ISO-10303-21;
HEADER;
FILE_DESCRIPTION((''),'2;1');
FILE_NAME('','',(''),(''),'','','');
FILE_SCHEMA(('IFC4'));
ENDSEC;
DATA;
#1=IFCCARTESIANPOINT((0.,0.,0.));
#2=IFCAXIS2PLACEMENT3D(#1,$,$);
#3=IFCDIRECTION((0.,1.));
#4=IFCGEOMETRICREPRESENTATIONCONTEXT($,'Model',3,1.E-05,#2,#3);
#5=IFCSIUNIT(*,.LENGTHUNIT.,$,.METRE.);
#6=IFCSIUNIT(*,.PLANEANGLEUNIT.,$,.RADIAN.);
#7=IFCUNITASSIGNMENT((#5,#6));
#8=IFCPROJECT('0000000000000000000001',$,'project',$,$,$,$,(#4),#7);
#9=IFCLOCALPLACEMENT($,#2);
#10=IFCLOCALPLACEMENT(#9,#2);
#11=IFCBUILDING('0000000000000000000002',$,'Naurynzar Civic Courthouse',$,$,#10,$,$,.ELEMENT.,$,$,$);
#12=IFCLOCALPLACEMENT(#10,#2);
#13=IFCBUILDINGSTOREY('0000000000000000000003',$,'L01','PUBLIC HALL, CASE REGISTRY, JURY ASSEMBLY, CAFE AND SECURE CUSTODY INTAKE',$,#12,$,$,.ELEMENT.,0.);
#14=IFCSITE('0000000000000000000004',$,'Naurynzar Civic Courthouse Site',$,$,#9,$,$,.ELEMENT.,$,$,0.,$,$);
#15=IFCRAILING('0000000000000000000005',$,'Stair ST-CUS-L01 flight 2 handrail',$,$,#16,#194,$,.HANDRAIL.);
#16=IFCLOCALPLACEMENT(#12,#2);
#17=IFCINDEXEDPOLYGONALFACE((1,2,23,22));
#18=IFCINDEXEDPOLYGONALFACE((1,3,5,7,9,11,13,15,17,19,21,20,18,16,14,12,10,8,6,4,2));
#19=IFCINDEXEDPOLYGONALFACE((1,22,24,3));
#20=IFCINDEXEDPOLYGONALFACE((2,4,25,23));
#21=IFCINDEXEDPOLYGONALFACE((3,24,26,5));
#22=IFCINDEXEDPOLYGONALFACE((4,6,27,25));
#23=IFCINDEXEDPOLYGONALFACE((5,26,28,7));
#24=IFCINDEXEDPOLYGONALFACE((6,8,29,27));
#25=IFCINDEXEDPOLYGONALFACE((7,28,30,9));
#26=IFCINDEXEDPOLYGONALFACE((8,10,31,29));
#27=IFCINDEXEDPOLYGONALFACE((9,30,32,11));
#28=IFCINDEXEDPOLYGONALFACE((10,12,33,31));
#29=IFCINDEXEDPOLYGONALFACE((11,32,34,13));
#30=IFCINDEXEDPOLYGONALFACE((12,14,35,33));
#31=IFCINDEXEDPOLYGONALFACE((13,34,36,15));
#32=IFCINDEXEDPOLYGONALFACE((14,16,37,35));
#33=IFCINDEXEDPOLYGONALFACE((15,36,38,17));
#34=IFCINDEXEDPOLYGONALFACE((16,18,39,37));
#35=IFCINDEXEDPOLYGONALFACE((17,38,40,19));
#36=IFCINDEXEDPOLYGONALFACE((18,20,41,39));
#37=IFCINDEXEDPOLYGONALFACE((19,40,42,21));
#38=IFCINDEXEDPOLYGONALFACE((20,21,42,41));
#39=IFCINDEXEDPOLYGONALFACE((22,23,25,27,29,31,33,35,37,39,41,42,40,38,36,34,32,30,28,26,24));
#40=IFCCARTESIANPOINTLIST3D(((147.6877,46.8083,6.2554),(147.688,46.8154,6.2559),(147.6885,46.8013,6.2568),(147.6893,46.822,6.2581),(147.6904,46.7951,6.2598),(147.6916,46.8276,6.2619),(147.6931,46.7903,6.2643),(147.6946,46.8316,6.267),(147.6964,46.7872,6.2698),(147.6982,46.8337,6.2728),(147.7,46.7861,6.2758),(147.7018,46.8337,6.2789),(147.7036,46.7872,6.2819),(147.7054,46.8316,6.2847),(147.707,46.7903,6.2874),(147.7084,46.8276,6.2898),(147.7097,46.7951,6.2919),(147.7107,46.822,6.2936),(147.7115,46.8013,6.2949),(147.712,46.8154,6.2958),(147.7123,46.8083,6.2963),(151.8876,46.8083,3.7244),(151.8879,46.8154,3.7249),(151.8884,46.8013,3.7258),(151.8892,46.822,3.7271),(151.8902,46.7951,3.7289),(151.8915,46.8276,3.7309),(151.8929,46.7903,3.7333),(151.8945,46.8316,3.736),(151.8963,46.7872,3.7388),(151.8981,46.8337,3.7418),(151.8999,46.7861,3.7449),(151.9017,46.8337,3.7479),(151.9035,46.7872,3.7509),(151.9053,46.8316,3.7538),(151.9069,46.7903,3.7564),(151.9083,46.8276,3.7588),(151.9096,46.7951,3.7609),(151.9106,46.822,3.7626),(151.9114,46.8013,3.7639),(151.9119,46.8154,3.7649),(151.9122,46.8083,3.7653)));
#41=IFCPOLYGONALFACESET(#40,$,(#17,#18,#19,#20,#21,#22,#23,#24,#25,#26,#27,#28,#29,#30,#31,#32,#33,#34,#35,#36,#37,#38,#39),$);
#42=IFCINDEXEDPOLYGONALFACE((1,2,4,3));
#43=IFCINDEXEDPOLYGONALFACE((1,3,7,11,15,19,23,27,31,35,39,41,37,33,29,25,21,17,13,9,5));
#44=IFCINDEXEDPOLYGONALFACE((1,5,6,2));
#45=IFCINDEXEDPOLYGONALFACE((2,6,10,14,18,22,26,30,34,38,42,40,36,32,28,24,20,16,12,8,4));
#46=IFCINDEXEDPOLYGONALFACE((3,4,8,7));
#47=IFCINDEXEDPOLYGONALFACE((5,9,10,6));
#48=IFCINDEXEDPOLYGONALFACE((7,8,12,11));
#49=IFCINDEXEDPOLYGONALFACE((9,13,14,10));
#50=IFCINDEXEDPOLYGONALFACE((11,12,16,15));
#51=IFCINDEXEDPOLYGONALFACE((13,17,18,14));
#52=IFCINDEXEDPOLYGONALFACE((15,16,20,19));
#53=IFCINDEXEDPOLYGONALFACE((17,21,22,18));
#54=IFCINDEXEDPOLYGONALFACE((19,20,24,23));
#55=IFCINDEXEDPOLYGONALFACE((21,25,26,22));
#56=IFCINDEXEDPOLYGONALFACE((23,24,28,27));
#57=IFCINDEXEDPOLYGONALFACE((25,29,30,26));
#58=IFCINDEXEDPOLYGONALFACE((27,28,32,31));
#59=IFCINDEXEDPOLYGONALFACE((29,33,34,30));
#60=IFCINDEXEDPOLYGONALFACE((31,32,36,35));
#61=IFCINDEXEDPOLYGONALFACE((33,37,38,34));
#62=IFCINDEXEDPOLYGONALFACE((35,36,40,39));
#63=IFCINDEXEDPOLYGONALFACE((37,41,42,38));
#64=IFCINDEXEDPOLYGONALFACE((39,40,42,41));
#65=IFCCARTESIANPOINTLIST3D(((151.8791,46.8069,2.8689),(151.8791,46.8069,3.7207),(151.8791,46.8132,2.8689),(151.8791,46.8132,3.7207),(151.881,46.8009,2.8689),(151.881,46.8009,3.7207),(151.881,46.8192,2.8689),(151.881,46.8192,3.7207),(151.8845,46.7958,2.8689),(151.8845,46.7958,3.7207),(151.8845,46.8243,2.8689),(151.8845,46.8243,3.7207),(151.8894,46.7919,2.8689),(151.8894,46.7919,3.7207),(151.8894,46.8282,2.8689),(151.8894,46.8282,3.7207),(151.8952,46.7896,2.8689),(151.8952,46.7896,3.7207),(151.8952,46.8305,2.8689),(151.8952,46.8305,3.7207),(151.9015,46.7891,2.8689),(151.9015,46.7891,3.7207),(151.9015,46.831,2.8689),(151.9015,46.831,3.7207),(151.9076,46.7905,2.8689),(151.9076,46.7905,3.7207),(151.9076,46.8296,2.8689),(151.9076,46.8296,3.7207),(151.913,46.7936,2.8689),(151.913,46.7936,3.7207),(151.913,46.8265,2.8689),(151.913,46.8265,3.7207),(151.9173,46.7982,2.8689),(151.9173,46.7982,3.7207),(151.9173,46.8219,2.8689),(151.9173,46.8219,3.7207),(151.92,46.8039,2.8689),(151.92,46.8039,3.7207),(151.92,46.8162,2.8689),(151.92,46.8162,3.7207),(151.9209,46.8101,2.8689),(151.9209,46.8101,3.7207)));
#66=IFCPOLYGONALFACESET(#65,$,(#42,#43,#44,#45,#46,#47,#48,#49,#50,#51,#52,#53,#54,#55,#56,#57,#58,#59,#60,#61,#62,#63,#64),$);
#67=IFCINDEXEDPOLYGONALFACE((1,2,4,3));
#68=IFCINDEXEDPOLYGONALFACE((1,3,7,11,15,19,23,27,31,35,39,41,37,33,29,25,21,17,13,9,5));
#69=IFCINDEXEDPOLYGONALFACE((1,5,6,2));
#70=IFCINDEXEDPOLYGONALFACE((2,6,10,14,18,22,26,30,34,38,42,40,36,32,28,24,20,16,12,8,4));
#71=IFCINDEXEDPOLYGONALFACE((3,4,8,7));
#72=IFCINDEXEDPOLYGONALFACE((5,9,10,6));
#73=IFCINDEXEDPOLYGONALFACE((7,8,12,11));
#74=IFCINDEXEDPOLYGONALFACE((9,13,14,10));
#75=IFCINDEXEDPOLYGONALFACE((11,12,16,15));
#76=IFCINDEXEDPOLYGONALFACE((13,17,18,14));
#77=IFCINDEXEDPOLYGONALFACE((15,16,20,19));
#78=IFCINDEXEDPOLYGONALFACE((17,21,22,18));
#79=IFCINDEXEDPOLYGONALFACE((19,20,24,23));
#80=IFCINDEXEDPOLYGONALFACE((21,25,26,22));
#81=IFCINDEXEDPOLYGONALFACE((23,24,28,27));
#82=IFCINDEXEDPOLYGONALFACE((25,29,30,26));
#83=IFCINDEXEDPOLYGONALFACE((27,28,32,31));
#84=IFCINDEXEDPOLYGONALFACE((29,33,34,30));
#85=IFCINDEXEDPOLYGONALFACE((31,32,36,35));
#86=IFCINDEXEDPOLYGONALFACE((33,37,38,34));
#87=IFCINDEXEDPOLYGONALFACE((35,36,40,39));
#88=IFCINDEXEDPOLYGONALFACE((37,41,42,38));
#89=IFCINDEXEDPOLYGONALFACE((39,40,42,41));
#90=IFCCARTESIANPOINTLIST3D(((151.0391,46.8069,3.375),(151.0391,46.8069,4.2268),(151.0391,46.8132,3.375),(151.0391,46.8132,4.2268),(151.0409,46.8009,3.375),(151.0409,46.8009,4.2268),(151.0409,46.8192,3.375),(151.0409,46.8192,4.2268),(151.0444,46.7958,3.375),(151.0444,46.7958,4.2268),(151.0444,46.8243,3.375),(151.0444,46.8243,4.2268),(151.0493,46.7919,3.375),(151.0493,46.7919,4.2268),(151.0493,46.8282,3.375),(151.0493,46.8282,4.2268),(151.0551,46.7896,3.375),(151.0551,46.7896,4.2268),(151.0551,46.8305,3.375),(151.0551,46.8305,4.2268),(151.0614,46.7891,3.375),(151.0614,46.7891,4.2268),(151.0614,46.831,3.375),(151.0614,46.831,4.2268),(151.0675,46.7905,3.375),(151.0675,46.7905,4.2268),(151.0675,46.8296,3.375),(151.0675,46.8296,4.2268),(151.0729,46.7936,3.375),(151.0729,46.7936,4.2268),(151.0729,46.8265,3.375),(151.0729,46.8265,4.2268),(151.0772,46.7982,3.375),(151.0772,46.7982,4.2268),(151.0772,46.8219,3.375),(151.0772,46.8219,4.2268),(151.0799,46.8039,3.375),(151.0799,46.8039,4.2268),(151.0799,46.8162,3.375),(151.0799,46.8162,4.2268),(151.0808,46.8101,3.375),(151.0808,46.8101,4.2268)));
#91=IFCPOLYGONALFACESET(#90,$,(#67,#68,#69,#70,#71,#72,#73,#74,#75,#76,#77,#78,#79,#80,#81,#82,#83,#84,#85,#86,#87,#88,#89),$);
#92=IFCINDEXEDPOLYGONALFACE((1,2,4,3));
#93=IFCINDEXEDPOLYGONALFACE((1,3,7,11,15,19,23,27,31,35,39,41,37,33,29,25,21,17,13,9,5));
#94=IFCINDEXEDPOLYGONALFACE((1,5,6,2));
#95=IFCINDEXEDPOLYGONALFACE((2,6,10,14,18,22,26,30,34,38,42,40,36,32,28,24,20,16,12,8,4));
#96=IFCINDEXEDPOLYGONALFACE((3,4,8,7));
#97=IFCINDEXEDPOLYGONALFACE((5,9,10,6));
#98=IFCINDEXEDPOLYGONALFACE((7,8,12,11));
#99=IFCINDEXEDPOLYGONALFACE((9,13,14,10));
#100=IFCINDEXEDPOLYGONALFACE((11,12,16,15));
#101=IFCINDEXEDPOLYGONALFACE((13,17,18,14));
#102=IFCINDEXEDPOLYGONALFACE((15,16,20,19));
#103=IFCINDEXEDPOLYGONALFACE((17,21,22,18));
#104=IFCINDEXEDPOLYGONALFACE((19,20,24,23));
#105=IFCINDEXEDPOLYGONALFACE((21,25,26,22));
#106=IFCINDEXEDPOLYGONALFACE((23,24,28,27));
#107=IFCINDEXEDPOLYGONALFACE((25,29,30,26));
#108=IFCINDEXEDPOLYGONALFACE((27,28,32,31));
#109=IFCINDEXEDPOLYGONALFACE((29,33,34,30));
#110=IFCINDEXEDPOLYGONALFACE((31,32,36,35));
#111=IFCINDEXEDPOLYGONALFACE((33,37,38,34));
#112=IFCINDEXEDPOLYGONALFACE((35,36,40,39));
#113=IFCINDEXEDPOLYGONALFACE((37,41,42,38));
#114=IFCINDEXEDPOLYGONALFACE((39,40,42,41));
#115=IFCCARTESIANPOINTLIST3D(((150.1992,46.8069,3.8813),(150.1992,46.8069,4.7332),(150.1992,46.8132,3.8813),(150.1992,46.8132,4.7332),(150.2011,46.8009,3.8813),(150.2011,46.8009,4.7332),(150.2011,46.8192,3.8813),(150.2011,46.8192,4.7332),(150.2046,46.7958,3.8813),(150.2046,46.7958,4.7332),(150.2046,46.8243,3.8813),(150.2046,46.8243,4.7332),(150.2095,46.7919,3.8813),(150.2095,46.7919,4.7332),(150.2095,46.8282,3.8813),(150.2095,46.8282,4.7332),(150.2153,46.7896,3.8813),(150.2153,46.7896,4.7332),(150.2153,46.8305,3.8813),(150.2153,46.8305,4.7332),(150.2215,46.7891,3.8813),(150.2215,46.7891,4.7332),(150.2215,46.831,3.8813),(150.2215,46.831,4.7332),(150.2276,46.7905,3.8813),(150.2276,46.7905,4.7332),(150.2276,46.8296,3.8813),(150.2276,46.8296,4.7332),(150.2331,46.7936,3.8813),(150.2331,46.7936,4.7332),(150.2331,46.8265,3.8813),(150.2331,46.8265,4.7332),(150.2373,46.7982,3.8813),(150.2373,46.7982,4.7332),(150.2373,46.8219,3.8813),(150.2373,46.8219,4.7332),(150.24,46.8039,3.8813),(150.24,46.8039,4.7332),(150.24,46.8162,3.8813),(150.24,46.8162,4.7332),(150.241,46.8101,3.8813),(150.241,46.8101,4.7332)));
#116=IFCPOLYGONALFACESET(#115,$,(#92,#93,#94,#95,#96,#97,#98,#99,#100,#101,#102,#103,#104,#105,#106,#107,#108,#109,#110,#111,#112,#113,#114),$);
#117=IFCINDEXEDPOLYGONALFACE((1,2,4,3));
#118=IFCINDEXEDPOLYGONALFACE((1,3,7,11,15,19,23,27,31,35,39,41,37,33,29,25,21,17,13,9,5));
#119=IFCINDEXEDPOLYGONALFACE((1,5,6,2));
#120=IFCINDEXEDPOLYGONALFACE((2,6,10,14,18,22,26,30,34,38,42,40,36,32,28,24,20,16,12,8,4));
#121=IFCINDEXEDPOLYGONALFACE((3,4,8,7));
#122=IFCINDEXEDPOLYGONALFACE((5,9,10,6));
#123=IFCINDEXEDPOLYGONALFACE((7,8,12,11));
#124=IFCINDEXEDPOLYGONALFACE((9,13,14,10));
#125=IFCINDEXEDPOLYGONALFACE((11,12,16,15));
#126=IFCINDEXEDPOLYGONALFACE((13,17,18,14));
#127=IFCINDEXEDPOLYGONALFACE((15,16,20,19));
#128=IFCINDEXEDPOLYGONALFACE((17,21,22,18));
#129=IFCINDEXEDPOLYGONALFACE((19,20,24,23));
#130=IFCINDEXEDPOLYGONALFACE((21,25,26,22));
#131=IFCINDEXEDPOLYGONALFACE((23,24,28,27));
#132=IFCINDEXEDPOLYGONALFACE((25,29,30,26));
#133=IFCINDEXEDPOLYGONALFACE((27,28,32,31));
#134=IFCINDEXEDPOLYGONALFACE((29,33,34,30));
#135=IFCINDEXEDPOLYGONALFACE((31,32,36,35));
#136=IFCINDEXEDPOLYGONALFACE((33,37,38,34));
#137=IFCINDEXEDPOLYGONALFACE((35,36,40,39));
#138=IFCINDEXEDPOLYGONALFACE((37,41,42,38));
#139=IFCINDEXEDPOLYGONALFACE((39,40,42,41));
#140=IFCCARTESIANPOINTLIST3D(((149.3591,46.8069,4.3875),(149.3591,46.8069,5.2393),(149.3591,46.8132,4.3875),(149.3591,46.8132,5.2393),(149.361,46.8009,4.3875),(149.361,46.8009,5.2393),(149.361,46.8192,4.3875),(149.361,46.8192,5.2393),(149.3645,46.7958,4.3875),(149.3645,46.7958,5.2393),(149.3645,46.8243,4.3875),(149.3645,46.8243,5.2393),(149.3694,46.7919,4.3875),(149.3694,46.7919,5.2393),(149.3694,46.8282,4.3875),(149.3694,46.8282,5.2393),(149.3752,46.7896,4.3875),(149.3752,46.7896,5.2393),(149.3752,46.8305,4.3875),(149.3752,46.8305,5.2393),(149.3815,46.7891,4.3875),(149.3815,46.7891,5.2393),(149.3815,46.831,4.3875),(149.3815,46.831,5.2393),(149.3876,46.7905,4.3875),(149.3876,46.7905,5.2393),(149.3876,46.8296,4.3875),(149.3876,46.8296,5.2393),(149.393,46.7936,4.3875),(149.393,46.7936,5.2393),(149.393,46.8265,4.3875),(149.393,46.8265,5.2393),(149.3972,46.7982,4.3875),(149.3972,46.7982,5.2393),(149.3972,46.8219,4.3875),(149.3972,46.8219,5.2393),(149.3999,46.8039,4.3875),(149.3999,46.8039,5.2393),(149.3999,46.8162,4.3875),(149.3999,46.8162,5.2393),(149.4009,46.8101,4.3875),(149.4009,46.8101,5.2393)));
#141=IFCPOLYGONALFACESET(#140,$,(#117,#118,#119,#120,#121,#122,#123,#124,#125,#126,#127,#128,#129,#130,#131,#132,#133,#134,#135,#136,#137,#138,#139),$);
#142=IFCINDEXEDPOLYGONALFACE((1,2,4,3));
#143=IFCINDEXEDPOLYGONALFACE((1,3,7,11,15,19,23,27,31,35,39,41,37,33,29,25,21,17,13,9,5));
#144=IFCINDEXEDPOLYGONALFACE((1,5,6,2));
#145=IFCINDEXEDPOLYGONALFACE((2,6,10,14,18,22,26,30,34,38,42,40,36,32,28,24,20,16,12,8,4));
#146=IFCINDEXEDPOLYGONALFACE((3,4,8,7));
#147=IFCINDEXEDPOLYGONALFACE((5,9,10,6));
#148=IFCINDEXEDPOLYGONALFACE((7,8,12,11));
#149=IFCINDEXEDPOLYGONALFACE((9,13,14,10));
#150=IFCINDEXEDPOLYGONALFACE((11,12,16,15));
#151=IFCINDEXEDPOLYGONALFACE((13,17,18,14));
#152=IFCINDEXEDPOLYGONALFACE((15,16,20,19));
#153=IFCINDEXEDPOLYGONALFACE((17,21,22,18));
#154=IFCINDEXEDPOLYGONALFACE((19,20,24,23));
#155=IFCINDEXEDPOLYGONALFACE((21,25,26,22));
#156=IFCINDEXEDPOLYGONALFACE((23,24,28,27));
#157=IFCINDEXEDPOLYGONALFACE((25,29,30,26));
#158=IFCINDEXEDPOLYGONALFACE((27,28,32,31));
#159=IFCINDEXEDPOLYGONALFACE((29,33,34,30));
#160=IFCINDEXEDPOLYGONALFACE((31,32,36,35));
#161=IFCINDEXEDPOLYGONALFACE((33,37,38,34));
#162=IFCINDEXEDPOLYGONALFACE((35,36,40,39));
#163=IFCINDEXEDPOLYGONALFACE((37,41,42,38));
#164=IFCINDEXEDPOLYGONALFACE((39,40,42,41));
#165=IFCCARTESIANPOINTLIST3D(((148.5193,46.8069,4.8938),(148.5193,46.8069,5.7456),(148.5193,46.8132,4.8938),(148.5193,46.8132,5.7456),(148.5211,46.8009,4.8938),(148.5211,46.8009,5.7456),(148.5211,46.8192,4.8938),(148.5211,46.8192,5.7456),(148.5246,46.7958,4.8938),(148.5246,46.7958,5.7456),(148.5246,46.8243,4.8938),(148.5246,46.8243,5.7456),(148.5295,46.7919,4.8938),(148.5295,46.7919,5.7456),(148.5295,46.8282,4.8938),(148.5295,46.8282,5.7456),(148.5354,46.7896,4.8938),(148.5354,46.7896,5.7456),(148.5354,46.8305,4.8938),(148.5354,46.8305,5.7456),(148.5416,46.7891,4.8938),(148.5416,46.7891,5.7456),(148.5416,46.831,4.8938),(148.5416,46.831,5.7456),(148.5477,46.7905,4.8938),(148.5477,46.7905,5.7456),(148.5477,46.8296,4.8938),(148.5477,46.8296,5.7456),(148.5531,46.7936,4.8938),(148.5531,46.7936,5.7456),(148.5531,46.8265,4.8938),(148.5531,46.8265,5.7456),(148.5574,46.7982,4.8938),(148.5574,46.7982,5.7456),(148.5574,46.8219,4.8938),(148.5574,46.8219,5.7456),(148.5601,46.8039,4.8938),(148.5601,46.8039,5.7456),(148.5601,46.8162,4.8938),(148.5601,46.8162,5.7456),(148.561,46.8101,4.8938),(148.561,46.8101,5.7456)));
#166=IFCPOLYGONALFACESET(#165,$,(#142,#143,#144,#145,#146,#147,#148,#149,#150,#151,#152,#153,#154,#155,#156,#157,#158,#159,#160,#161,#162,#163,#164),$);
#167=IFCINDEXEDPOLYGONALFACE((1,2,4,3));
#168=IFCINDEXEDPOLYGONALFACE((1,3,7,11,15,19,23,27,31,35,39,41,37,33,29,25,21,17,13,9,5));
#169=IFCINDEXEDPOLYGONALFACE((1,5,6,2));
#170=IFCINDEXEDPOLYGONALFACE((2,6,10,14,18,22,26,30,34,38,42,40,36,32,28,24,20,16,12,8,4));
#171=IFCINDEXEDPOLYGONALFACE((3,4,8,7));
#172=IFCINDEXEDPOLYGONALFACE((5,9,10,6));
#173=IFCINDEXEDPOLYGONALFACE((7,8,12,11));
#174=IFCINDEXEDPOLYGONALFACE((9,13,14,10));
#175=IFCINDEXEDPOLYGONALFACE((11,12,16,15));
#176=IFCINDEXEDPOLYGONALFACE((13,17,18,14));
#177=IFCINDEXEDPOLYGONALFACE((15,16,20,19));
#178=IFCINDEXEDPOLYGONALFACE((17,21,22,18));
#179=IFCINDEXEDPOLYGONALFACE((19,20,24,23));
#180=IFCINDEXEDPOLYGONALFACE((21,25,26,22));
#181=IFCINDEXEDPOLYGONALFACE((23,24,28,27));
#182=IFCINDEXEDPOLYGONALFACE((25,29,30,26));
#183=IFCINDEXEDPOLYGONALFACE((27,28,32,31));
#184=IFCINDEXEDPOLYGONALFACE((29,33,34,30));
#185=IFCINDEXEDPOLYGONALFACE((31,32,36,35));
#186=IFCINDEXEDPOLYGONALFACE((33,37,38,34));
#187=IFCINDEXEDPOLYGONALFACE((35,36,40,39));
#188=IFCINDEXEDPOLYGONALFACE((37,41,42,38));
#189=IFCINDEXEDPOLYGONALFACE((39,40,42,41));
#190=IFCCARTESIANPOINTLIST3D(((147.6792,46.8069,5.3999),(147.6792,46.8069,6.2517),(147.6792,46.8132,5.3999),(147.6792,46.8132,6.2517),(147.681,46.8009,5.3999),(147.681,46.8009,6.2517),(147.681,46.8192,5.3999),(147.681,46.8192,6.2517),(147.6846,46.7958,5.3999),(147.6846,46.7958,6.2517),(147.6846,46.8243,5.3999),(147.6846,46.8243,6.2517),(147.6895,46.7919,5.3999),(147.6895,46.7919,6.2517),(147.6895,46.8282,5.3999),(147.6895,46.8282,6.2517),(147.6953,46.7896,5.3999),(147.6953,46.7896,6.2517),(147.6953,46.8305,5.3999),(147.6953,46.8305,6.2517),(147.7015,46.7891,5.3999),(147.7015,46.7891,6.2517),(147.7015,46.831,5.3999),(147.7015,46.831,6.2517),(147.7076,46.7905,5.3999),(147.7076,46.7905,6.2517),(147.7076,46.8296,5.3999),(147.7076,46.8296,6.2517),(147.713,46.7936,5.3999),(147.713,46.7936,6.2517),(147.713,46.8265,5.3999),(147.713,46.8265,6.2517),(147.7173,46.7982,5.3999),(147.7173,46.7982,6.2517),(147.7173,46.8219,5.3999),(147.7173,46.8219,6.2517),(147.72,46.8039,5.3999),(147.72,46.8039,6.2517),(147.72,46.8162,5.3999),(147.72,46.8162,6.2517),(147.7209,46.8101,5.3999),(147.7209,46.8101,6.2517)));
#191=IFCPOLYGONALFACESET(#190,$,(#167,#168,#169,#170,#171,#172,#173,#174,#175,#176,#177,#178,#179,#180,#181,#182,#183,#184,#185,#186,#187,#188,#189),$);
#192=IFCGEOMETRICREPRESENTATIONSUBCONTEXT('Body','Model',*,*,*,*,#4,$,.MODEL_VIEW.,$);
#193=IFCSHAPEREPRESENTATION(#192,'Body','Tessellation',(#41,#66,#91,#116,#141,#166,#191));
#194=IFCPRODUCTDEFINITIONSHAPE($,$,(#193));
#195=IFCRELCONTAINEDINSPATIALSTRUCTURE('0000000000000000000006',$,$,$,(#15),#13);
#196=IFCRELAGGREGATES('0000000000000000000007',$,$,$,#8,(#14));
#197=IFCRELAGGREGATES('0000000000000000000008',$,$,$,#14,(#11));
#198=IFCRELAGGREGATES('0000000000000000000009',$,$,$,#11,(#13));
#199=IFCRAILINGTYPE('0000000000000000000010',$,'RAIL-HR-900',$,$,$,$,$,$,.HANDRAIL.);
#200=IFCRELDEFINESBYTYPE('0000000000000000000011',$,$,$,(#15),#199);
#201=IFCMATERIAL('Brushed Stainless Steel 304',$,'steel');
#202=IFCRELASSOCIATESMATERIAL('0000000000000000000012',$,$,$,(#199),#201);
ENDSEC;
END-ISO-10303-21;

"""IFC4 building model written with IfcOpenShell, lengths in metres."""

from ifc_helpers import new_model, si_unit, direction, frame, origin, origin_2d, place, context, subcontext, project, spatial, circle, extrude, material, type_object, element, save


model = new_model("IFC4")

# Units and contexts
model_context = context("Model", 3, precision=1e-05, world=origin(), true_north=direction((0.0, 1.0)))
body_context = subcontext(model_context, "Body", "Model", "MODEL_VIEW")
ifc_project = project(units=[si_unit("LENGTHUNIT", "METRE"), si_unit("PLANEANGLEUNIT", "RADIAN")], contexts=[model_context])

# Site, building, storey
site_placement = place(None, origin())
site = spatial("IfcSite", under=ifc_project, at=site_placement, Name="Naurynzar Civic Courthouse Site", CompositionType="ELEMENT", RefElevation=0.0)
building_placement = place(site_placement, origin())
building = spatial("IfcBuilding", under=site, at=building_placement, Name="Naurynzar Civic Courthouse", CompositionType="ELEMENT")
storey_placement = place(building_placement, origin())
storey = spatial("IfcBuildingStorey", under=building, at=storey_placement, Name="L01", Description="PUBLIC HALL, CASE REGISTRY, JURY ASSEMBLY, CAFE AND SECURE CUSTODY INTAKE", CompositionType="ELEMENT", Elevation=0.0)

# Railing
ifc_material_1 = material(Name="Brushed Stainless Steel 304", Category="steel")
railing_type_1 = type_object("IfcRailingType", Name="RAIL-HR-900", PredefinedType="HANDRAIL", material=ifc_material_1)
railing_1_placement = place(storey_placement, frame((151.8999, 46.8101, 2.8689)))
element("IfcRailing", 1, at=railing_1_placement, inside=storey, type_object=railing_type_1, Name="Stair ST-CUS-L01 flight 2 handrail", PredefinedType="HANDRAIL", context=body_context, shape_type="SweptSolid", body=[
    extrude(circle(Radius=0.0239, at=origin_2d()), frame((0.0, 0.0, 0.876), z_axis=(-0.856499, 0.0, 0.51615), x_axis=(0.0, -1.0, 0.0)), (0.0, 0.0, 1.0), 4.9036),
    extrude(circle(Radius=0.021, at=origin_2d()), origin(), (0.0, 0.0, 1.0), 0.8518),
    extrude(circle(Radius=0.021, at=origin_2d()), frame((-0.8401, 0.0, 0.5061)), (0.0, 0.0, 1.0), 0.8518),
    extrude(circle(Radius=0.021, at=origin_2d()), frame((-1.6799, 0.0, 1.0125)), (0.0, 0.0, 1.0), 0.8518),
    extrude(circle(Radius=0.021, at=origin_2d()), frame((-2.52, 0.0, 1.5186)), (0.0, 0.0, 1.0), 0.8518),
    extrude(circle(Radius=0.021, at=origin_2d()), frame((-3.3599, 0.0, 2.0249)), (0.0, 0.0, 1.0), 0.8518),
    extrude(circle(Radius=0.021, at=origin_2d()), frame((-4.2, 0.0, 2.531)), (0.0, 0.0, 1.0), 0.8518),
])

save(model, "model.ifc")
